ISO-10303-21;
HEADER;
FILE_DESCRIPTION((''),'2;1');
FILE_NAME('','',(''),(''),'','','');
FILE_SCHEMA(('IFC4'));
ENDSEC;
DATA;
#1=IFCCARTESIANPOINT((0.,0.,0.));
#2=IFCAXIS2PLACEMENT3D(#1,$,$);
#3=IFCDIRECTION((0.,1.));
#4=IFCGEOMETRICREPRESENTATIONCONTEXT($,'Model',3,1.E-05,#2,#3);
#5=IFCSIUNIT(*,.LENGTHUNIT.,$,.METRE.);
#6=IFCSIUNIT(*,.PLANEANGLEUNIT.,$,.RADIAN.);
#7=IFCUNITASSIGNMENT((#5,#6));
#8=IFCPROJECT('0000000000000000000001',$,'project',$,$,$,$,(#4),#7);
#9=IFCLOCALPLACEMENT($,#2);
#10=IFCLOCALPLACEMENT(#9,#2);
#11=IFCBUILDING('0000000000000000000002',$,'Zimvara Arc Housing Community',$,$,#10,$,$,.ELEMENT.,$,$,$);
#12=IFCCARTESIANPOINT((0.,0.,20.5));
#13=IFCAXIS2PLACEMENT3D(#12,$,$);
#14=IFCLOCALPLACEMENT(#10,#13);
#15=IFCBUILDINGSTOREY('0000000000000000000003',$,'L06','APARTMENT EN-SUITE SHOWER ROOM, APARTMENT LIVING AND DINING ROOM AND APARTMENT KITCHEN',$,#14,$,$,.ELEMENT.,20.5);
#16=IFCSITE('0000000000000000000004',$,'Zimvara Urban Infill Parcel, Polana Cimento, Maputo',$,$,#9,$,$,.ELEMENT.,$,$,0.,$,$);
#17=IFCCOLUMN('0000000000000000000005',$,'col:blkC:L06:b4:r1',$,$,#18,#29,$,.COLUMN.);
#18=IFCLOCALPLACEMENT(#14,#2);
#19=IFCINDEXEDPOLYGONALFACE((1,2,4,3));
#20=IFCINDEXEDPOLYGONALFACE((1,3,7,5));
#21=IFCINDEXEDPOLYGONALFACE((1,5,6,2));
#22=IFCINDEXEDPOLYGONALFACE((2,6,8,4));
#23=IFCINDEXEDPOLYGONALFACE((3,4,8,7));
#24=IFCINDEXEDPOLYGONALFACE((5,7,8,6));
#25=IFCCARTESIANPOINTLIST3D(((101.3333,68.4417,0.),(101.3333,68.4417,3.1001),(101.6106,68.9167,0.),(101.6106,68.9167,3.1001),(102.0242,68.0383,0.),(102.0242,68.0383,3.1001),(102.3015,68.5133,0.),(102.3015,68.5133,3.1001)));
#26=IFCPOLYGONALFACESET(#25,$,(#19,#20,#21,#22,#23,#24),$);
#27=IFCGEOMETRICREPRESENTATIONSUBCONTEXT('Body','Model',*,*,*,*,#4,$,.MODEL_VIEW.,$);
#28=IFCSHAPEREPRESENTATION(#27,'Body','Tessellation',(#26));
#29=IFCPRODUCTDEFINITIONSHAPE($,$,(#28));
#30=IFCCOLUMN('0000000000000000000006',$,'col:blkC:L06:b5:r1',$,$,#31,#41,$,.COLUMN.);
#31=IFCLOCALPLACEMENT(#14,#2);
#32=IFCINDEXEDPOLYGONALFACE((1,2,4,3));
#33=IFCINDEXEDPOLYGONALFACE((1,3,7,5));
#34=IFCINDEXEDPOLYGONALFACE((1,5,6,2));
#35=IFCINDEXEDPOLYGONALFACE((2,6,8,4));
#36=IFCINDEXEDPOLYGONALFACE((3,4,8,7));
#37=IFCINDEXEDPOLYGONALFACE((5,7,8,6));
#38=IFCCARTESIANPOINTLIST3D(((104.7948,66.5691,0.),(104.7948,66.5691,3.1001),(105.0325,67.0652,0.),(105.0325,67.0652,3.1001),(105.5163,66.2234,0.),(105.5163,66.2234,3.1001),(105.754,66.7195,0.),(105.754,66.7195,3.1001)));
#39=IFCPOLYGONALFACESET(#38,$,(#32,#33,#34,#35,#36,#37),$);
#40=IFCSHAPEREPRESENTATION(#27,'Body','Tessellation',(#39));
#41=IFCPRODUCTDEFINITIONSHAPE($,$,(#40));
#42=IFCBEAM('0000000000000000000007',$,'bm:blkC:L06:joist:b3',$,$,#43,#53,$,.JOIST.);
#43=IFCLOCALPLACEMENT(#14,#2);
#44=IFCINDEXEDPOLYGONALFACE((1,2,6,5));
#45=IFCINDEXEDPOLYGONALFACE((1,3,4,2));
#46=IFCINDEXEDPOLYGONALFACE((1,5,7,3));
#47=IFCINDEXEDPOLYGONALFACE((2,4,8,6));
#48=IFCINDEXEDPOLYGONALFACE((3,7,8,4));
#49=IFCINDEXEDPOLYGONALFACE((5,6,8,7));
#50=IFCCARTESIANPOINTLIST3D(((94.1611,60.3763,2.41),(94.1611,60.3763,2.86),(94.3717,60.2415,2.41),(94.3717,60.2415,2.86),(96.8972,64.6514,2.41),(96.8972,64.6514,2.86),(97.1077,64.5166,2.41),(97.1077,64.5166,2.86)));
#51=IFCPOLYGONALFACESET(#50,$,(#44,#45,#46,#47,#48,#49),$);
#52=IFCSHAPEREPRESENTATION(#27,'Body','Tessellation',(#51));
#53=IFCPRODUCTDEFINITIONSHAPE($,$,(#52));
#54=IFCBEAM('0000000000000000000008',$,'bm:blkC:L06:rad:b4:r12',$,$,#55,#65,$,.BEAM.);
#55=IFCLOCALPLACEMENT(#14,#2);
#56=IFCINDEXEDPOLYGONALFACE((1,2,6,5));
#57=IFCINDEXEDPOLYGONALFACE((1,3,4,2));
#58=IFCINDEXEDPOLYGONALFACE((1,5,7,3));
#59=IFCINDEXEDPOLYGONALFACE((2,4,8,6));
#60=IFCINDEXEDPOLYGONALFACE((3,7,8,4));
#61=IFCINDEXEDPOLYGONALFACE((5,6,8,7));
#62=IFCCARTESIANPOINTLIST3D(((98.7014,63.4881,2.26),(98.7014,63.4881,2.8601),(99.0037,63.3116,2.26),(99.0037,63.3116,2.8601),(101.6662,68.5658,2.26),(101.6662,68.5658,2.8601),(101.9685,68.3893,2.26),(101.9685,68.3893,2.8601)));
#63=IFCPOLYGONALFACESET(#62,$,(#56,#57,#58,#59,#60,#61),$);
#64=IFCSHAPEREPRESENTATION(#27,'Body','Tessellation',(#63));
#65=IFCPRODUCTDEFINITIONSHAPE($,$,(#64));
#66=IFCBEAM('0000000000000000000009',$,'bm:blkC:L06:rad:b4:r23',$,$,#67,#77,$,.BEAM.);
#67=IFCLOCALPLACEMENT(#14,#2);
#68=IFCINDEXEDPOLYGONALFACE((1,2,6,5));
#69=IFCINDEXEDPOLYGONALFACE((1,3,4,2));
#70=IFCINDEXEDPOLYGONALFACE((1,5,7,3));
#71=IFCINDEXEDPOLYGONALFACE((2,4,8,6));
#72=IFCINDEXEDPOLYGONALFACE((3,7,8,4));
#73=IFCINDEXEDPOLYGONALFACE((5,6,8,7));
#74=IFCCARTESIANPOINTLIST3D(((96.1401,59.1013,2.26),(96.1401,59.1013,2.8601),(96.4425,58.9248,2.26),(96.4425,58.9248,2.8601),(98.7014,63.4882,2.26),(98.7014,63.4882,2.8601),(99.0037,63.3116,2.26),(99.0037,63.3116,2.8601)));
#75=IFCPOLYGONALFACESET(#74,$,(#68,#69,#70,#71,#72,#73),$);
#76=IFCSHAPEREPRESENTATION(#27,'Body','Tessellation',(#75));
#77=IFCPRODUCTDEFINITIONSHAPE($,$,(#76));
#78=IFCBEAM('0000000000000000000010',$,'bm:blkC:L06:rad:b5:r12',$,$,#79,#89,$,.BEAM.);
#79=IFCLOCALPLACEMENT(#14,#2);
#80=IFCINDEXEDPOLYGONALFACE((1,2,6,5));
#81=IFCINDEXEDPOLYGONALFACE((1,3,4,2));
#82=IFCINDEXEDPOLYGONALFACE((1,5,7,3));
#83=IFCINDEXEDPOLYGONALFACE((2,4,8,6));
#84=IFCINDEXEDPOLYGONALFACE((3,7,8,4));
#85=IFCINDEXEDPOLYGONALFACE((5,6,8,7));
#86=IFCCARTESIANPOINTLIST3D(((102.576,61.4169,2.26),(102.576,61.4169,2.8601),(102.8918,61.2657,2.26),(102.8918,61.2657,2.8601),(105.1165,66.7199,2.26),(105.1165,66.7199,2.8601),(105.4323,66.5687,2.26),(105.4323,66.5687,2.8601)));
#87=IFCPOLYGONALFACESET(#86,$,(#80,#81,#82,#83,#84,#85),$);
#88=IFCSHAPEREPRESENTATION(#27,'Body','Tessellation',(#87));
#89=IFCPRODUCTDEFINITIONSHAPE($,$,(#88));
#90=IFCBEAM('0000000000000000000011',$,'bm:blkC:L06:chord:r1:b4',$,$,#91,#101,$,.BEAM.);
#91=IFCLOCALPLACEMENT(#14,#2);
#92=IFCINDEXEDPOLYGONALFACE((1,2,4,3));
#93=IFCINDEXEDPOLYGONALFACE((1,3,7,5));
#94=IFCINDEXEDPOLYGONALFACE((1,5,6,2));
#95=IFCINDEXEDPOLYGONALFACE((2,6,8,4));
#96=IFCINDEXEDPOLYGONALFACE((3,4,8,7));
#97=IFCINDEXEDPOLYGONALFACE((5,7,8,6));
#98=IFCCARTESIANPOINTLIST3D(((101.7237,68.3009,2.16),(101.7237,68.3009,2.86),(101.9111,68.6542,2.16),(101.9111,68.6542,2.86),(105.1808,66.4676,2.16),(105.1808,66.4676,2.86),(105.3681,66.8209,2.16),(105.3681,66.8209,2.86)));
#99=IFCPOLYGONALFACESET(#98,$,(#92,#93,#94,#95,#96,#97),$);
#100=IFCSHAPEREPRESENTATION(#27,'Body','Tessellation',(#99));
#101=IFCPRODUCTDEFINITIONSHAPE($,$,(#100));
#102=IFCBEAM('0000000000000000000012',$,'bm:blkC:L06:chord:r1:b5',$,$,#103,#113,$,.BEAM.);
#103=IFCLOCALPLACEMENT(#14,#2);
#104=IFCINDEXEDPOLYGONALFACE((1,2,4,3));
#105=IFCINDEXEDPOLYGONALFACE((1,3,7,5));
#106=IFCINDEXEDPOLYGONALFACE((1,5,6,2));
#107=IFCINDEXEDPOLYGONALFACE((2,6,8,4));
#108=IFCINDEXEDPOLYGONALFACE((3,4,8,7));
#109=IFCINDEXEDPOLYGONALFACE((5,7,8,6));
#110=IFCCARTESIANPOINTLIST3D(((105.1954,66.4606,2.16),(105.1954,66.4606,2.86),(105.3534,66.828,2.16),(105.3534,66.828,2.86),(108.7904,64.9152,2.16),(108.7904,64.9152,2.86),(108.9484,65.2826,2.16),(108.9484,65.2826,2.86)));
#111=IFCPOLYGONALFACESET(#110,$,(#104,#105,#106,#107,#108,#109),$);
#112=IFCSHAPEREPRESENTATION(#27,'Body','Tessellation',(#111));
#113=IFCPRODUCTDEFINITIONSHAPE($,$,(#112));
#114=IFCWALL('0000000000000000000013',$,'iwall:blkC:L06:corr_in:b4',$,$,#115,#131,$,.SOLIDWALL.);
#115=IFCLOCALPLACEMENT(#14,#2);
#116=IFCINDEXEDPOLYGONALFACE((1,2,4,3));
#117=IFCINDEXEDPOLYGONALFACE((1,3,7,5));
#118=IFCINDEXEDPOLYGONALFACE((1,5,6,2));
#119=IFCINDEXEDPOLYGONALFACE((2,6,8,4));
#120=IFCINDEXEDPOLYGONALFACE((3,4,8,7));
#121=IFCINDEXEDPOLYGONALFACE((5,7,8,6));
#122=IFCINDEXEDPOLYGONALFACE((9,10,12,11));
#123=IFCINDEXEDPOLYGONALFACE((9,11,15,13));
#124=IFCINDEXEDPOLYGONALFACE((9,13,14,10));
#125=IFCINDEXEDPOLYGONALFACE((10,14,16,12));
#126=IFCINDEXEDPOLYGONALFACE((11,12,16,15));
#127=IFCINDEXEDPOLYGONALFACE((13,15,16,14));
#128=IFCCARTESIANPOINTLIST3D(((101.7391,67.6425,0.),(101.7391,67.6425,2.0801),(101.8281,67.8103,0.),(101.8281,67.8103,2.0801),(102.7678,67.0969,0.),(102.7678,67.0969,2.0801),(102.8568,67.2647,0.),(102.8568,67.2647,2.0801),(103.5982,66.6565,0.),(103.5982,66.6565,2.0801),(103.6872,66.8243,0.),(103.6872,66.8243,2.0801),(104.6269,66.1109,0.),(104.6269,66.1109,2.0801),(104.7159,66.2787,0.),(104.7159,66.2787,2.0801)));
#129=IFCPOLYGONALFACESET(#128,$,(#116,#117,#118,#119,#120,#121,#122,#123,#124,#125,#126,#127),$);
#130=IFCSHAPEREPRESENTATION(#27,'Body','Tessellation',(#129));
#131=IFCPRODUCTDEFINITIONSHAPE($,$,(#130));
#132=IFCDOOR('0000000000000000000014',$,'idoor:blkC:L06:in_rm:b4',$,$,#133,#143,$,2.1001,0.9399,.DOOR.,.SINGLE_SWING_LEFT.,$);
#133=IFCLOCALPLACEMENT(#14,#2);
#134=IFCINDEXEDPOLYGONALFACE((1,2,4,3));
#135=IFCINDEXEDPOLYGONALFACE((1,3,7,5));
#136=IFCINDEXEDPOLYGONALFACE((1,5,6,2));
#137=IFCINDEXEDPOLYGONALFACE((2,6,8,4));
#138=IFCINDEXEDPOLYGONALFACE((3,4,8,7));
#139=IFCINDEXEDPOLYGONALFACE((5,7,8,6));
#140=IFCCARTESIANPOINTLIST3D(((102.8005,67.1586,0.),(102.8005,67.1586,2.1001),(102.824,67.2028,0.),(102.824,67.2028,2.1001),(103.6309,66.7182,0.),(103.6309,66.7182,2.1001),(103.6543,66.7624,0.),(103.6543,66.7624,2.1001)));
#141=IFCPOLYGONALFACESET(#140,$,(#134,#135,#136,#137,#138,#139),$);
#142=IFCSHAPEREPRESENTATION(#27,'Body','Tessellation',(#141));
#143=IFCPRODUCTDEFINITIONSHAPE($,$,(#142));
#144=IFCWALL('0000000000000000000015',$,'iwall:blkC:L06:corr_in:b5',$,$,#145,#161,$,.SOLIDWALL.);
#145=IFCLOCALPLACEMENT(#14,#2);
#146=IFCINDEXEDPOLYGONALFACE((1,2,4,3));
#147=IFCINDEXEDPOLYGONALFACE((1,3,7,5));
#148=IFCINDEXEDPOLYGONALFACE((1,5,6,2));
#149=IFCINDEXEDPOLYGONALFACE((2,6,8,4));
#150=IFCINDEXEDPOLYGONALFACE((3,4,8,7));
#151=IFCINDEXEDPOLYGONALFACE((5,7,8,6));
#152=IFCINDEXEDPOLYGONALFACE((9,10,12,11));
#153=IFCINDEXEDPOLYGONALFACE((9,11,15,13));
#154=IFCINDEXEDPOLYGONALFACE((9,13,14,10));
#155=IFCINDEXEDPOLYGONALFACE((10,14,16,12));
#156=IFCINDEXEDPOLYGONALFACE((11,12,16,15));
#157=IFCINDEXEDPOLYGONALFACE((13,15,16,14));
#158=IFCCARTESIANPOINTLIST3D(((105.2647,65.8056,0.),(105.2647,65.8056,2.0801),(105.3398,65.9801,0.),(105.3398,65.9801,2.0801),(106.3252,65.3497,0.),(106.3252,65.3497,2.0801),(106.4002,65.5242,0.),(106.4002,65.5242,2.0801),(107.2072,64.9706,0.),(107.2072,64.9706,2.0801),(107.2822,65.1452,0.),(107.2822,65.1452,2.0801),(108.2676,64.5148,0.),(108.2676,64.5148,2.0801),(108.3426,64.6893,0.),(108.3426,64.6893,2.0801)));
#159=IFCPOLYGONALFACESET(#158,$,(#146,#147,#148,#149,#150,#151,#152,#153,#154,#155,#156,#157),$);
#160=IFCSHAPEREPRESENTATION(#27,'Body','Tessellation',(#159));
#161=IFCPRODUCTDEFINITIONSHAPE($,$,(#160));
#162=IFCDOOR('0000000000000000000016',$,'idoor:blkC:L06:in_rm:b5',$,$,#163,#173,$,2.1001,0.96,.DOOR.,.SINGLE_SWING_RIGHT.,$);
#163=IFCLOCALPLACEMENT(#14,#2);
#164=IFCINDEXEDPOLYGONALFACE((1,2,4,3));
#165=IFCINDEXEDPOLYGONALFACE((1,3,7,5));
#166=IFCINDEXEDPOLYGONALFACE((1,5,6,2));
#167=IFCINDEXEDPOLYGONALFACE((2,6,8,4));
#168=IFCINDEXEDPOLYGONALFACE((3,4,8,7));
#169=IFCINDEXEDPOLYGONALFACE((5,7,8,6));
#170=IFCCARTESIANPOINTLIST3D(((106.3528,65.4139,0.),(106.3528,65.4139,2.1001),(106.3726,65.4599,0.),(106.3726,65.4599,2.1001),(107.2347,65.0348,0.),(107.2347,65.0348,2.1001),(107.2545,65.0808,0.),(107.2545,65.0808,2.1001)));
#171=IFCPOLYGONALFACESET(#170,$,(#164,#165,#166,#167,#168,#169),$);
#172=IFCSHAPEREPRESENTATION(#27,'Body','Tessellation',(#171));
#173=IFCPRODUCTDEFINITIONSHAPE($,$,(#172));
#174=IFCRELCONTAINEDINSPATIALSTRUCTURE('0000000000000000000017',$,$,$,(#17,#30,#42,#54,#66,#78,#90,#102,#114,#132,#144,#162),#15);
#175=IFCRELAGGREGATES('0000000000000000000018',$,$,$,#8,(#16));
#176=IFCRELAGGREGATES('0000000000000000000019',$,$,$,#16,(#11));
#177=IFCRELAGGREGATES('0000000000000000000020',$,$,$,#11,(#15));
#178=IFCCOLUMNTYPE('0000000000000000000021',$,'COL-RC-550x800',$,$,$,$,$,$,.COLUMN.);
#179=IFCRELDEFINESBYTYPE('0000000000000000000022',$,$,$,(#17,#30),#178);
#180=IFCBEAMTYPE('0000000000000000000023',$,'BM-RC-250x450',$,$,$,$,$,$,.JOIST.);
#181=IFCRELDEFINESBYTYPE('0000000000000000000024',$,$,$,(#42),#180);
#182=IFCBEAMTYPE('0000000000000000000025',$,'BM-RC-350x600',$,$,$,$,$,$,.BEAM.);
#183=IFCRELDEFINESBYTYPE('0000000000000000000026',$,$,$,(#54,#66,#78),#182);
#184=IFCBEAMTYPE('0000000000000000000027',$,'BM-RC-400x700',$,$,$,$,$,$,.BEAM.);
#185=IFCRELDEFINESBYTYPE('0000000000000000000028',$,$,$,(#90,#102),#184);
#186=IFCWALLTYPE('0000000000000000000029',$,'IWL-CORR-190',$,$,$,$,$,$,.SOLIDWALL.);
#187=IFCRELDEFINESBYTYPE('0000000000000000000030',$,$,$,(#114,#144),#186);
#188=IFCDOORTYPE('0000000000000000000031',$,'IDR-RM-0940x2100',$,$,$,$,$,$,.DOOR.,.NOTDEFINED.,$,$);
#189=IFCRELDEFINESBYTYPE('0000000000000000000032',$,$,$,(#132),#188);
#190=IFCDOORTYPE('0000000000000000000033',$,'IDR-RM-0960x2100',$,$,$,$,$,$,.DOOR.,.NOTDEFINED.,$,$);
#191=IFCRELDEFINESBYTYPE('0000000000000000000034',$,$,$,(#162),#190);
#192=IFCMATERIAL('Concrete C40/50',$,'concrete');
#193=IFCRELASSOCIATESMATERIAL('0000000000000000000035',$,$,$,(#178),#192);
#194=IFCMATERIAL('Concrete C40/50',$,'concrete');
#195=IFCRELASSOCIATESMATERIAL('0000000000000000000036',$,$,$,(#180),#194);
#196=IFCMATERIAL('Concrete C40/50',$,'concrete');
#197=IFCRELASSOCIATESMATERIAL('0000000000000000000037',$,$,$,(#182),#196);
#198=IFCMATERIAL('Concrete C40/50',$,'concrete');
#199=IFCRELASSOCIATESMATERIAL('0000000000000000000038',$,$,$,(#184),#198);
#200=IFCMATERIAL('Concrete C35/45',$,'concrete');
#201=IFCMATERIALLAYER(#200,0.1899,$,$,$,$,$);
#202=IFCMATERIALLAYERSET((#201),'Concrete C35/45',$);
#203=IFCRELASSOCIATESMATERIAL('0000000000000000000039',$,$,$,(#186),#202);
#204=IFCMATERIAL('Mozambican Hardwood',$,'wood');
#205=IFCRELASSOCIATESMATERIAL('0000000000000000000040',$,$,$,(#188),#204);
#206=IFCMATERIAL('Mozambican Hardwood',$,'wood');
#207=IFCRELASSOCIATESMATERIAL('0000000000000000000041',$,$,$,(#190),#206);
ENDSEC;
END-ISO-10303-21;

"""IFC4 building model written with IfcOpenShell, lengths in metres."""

from ifc_helpers import new_model, si_unit, direction, frame, frame_2d, origin, origin_2d, place, context, subcontext, project, spatial, rectangle, extrude, material, layer, layer_set, material_profile, profile_set, type_object, element, fill, save


model = new_model("IFC4")

# Units and contexts
model_context = context("Model", 3, precision=1e-05, world=origin(), true_north=direction((0.0, 1.0)))
body_context = subcontext(model_context, "Body", "Model", "MODEL_VIEW")
ifc_project = project(units=[si_unit("LENGTHUNIT", "METRE"), si_unit("PLANEANGLEUNIT", "RADIAN")], contexts=[model_context])

# Site, building, storey
site_placement = place(None, origin())
site = spatial("IfcSite", under=ifc_project, at=site_placement, Name="Zimvara Urban Infill Parcel, Polana Cimento, Maputo", CompositionType="ELEMENT", RefElevation=0.0)
building_placement = place(site_placement, origin())
building = spatial("IfcBuilding", under=site, at=building_placement, Name="Zimvara Arc Housing Community", CompositionType="ELEMENT")
storey_placement = place(building_placement, frame((0.0, 0.0, 20.5)))
storey = spatial("IfcBuildingStorey", under=building, at=storey_placement, Name="L06", Description="APARTMENT EN-SUITE SHOWER ROOM, APARTMENT LIVING AND DINING ROOM AND APARTMENT KITCHEN", CompositionType="ELEMENT", Elevation=20.5)

# Columns
ifc_material_1 = material(Name="Concrete C40/50", Category="concrete")
ifc_material_profile_1 = material_profile(ifc_material_1, rectangle(XDim=0.55, YDim=0.8, at=origin_2d()), Name="RC 550x800")
ifc_profile_set_1 = profile_set([ifc_material_profile_1], Name="Concrete C40/50")
column_type = type_object("IfcColumnType", Name="COL-RC-550x800", PredefinedType="COLUMN", material=ifc_profile_set_1)
for number, where, z_axis, x_axis, name in (
    (1, (101.8174, 68.4775, 0.0), (0.0, 0.0, 1.0), (-0.504226, -0.863572, 0.0), "col:blkC:L06:b4:r1"),
    (2, (105.2744, 66.6443, 0.0), (0.0, 0.0, 1.0), (-0.432086, -0.901833, 0.0), "col:blkC:L06:b5:r1"),
):
    element("IfcColumn", number, at=place(storey_placement, frame(where, z_axis=z_axis, x_axis=x_axis)), inside=storey, type_object=column_type, Name=name, PredefinedType="COLUMN", context=body_context, shape_type="SweptSolid", body=[
        extrude(rectangle(XDim=0.55, YDim=0.8, at=origin_2d()), origin(), (0.0, 0.0, 1.0), 3.1001),
    ])

# Beams
ifc_material_2 = material(Name="Concrete C40/50", Category="concrete")
ifc_material_profile_2 = material_profile(ifc_material_2, rectangle(XDim=0.25, YDim=0.45, at=origin_2d()), Name="RC 250x450")
ifc_profile_set_2 = profile_set([ifc_material_profile_2], Name="Concrete C40/50")
beam_type_1 = type_object("IfcBeamType", Name="BM-RC-250x450", PredefinedType="JOIST", material=ifc_profile_set_2)
beam_1_placement = place(storey_placement, frame((97.0024, 64.584, 2.635), z_axis=(-0.539052, -0.842272, 0.0), x_axis=(0.842272, -0.539052, 0.0)))
element("IfcBeam", 3, at=beam_1_placement, inside=storey, type_object=beam_type_1, Name="bm:blkC:L06:joist:b3", PredefinedType="JOIST", context=body_context, shape_type="SweptSolid", body=[
    extrude(rectangle(XDim=0.25, YDim=0.45, at=origin_2d()), origin(), (0.0, 0.0, 1.0), 5.0757),
])
ifc_material_3 = material(Name="Concrete C40/50", Category="concrete")
ifc_material_profile_3 = material_profile(ifc_material_3, rectangle(XDim=0.3501, YDim=0.6001, at=origin_2d()), Name="RC 350x600")
ifc_profile_set_3 = profile_set([ifc_material_profile_3], Name="Concrete C40/50")
beam_type_2 = type_object("IfcBeamType", Name="BM-RC-350x600", PredefinedType="BEAM", material=ifc_profile_set_3)
beam_2_placement = place(storey_placement, frame((101.8174, 68.4775, 2.5601), z_axis=(-0.504238, -0.863565, 0.0), x_axis=(0.863565, -0.504238, 0.0)))
element("IfcBeam", 4, at=beam_2_placement, inside=storey, type_object=beam_type_2, Name="bm:blkC:L06:rad:b4:r12", PredefinedType="BEAM", context=body_context, shape_type="SweptSolid", body=[
    extrude(rectangle(XDim=0.3501, YDim=0.6001, at=origin_2d()), origin(), (0.0, 0.0, 1.0), 5.8799),
])
beam_3_placement = place(storey_placement, frame((98.8525, 63.3999, 2.5601), z_axis=(-0.504197, -0.863589, 0.0), x_axis=(0.863589, -0.504197, 0.0)))
element("IfcBeam", 5, at=beam_3_placement, inside=storey, type_object=beam_type_2, Name="bm:blkC:L06:rad:b4:r23", PredefinedType="BEAM", context=body_context, shape_type="SweptSolid", body=[
    extrude(rectangle(XDim=0.3501, YDim=0.6001, at=origin_2d()), origin(), (0.0, 0.0, 1.0), 5.0798),
])
beam_4_placement = place(storey_placement, frame((105.2744, 66.6443, 2.5601), z_axis=(-0.432053, -0.901848, 0.0), x_axis=(0.901848, -0.432053, 0.0)))
element("IfcBeam", 6, at=beam_4_placement, inside=storey, type_object=beam_type_2, Name="bm:blkC:L06:rad:b5:r12", PredefinedType="BEAM", context=body_context, shape_type="SweptSolid", body=[
    extrude(rectangle(XDim=0.3501, YDim=0.6001, at=origin_2d()), origin(), (0.0, 0.0, 1.0), 5.8801),
])
ifc_material_4 = material(Name="Concrete C40/50", Category="concrete")
ifc_material_profile_4 = material_profile(ifc_material_4, rectangle(XDim=0.3999, YDim=0.7, at=origin_2d()), Name="RC 400x700")
ifc_profile_set_4 = profile_set([ifc_material_profile_4], Name="Concrete C40/50")
beam_type_3 = type_object("IfcBeamType", Name="BM-RC-400x700", PredefinedType="BEAM", material=ifc_profile_set_4)
for number, where, z_axis, x_axis, name in (
    (7, (101.8174, 68.4775, 2.51), (0.883464, -0.468498, 0.0), (0.468498, 0.883464, 0.0), "bm:blkC:L06:chord:r1:b4"),
    (8, (105.2744, 66.6443, 2.51), (0.918709, -0.394936, 0.0), (0.394936, 0.918709, 0.0), "bm:blkC:L06:chord:r1:b5"),
):
    element("IfcBeam", number, at=place(storey_placement, frame(where, z_axis=z_axis, x_axis=x_axis)), inside=storey, type_object=beam_type_3, Name=name, PredefinedType="BEAM", context=body_context, shape_type="SweptSolid", body=[
        extrude(rectangle(XDim=0.3999, YDim=0.7, at=origin_2d()), origin(), (0.0, 0.0, 1.0), 3.9131),
    ])

# Walls, openings, doors
ifc_material_5 = material(Name="Concrete C35/45", Category="concrete")
ifc_layer_1 = layer(ifc_material_5, 0.1899)
ifc_layer_set_1 = layer_set([ifc_layer_1], Name="Concrete C35/45")
wall_type_1 = type_object("IfcWallType", Name="IWL-CORR-190", PredefinedType="SOLIDWALL", material=ifc_layer_set_1)
wall_1_placement = place(storey_placement, frame((101.7837, 67.7263, 0.0), z_axis=(0.0, 0.0, 1.0), x_axis=(0.883444, -0.468536, 0.0)))
wall_1 = element("IfcWall", 9, at=wall_1_placement, inside=storey, type_object=wall_type_1, Name="iwall:blkC:L06:corr_in:b4", PredefinedType="SOLIDWALL", context=body_context, shape_type="SweptSolid", body=[
    extrude(rectangle(XDim=3.2688, YDim=0.1899, at=frame_2d((1.6343, 0.0))), origin(), (0.0, 0.0, 1.0), 2.0801),
])
opening_1_placement = place(wall_1_placement, frame((1.1643, 0.0, 0.0)))
opening_1 = element("IfcOpeningElement", 10, at=opening_1_placement, cuts=wall_1, PredefinedType="OPENING", context=body_context, shape_type="SweptSolid", body=[
    extrude(rectangle(XDim=0.9399, YDim=2.1001, at=frame_2d((0.47, 1.05))), frame((0.0, 0.105, 0.0), z_axis=(0.0, -1.0, 0.0), x_axis=(1.0, 0.0, 0.0)), (0.0, 0.0, 1.0), 0.21),
])
ifc_material_6 = material(Name="Mozambican Hardwood", Category="wood")
door_type_1 = type_object("IfcDoorType", Name="IDR-RM-0940x2100", OperationType="NOTDEFINED", PredefinedType="DOOR", material=ifc_material_6)
door_1_placement = place(opening_1_placement, origin())
door_1 = element("IfcDoor", 11, at=door_1_placement, inside=storey, type_object=door_type_1, Name="idoor:blkC:L06:in_rm:b4", OperationType="SINGLE_SWING_LEFT", OverallHeight=2.1001, OverallWidth=0.9399, PredefinedType="DOOR", context=body_context, shape_type="SweptSolid", body=[
    extrude(rectangle(XDim=0.9399, YDim=2.1001, at=frame_2d((0.47, 1.05))), frame((0.0, 0.0249, 0.0), z_axis=(0.0, -1.0, 0.0), x_axis=(1.0, 0.0, 0.0)), (0.0, 0.0, 1.0), 0.05),
])
fill(opening_1, door_1)
wall_2_placement = place(storey_placement, frame((105.3022, 65.8928, 0.0), z_axis=(0.0, 0.0, 1.0), x_axis=(0.918723, -0.394902, 0.0)))
wall_2 = element("IfcWall", 12, at=wall_2_placement, inside=storey, type_object=wall_type_1, Name="iwall:blkC:L06:corr_in:b5", PredefinedType="SOLIDWALL", context=body_context, shape_type="SweptSolid", body=[
    extrude(rectangle(XDim=3.2686, YDim=0.1899, at=frame_2d((1.6343, 0.0))), origin(), (0.0, 0.0, 1.0), 2.0801),
])
opening_2_placement = place(wall_2_placement, frame((1.1543, 0.0, 0.0)))
opening_2 = element("IfcOpeningElement", 13, at=opening_2_placement, cuts=wall_2, PredefinedType="OPENING", context=body_context, shape_type="SweptSolid", body=[
    extrude(rectangle(XDim=0.96, YDim=2.1001, at=frame_2d((0.48, 1.05))), frame((0.0, 0.105, 0.0), z_axis=(0.0, -1.0, 0.0), x_axis=(1.0, 0.0, 0.0)), (0.0, 0.0, 1.0), 0.21),
])
ifc_material_7 = material(Name="Mozambican Hardwood", Category="wood")
door_type_2 = type_object("IfcDoorType", Name="IDR-RM-0960x2100", OperationType="NOTDEFINED", PredefinedType="DOOR", material=ifc_material_7)
door_2_placement = place(opening_2_placement, origin())
door_2 = element("IfcDoor", 14, at=door_2_placement, inside=storey, type_object=door_type_2, Name="idoor:blkC:L06:in_rm:b5", OperationType="SINGLE_SWING_RIGHT", OverallHeight=2.1001, OverallWidth=0.96, PredefinedType="DOOR", context=body_context, shape_type="SweptSolid", body=[
    extrude(rectangle(XDim=0.96, YDim=2.1001, at=frame_2d((0.48, 1.05))), frame((0.0, 0.0249, 0.0), z_axis=(0.0, -1.0, 0.0), x_axis=(1.0, 0.0, 0.0)), (0.0, 0.0, 1.0), 0.05),
])
fill(opening_2, door_2)

save(model, "model.ifc")
